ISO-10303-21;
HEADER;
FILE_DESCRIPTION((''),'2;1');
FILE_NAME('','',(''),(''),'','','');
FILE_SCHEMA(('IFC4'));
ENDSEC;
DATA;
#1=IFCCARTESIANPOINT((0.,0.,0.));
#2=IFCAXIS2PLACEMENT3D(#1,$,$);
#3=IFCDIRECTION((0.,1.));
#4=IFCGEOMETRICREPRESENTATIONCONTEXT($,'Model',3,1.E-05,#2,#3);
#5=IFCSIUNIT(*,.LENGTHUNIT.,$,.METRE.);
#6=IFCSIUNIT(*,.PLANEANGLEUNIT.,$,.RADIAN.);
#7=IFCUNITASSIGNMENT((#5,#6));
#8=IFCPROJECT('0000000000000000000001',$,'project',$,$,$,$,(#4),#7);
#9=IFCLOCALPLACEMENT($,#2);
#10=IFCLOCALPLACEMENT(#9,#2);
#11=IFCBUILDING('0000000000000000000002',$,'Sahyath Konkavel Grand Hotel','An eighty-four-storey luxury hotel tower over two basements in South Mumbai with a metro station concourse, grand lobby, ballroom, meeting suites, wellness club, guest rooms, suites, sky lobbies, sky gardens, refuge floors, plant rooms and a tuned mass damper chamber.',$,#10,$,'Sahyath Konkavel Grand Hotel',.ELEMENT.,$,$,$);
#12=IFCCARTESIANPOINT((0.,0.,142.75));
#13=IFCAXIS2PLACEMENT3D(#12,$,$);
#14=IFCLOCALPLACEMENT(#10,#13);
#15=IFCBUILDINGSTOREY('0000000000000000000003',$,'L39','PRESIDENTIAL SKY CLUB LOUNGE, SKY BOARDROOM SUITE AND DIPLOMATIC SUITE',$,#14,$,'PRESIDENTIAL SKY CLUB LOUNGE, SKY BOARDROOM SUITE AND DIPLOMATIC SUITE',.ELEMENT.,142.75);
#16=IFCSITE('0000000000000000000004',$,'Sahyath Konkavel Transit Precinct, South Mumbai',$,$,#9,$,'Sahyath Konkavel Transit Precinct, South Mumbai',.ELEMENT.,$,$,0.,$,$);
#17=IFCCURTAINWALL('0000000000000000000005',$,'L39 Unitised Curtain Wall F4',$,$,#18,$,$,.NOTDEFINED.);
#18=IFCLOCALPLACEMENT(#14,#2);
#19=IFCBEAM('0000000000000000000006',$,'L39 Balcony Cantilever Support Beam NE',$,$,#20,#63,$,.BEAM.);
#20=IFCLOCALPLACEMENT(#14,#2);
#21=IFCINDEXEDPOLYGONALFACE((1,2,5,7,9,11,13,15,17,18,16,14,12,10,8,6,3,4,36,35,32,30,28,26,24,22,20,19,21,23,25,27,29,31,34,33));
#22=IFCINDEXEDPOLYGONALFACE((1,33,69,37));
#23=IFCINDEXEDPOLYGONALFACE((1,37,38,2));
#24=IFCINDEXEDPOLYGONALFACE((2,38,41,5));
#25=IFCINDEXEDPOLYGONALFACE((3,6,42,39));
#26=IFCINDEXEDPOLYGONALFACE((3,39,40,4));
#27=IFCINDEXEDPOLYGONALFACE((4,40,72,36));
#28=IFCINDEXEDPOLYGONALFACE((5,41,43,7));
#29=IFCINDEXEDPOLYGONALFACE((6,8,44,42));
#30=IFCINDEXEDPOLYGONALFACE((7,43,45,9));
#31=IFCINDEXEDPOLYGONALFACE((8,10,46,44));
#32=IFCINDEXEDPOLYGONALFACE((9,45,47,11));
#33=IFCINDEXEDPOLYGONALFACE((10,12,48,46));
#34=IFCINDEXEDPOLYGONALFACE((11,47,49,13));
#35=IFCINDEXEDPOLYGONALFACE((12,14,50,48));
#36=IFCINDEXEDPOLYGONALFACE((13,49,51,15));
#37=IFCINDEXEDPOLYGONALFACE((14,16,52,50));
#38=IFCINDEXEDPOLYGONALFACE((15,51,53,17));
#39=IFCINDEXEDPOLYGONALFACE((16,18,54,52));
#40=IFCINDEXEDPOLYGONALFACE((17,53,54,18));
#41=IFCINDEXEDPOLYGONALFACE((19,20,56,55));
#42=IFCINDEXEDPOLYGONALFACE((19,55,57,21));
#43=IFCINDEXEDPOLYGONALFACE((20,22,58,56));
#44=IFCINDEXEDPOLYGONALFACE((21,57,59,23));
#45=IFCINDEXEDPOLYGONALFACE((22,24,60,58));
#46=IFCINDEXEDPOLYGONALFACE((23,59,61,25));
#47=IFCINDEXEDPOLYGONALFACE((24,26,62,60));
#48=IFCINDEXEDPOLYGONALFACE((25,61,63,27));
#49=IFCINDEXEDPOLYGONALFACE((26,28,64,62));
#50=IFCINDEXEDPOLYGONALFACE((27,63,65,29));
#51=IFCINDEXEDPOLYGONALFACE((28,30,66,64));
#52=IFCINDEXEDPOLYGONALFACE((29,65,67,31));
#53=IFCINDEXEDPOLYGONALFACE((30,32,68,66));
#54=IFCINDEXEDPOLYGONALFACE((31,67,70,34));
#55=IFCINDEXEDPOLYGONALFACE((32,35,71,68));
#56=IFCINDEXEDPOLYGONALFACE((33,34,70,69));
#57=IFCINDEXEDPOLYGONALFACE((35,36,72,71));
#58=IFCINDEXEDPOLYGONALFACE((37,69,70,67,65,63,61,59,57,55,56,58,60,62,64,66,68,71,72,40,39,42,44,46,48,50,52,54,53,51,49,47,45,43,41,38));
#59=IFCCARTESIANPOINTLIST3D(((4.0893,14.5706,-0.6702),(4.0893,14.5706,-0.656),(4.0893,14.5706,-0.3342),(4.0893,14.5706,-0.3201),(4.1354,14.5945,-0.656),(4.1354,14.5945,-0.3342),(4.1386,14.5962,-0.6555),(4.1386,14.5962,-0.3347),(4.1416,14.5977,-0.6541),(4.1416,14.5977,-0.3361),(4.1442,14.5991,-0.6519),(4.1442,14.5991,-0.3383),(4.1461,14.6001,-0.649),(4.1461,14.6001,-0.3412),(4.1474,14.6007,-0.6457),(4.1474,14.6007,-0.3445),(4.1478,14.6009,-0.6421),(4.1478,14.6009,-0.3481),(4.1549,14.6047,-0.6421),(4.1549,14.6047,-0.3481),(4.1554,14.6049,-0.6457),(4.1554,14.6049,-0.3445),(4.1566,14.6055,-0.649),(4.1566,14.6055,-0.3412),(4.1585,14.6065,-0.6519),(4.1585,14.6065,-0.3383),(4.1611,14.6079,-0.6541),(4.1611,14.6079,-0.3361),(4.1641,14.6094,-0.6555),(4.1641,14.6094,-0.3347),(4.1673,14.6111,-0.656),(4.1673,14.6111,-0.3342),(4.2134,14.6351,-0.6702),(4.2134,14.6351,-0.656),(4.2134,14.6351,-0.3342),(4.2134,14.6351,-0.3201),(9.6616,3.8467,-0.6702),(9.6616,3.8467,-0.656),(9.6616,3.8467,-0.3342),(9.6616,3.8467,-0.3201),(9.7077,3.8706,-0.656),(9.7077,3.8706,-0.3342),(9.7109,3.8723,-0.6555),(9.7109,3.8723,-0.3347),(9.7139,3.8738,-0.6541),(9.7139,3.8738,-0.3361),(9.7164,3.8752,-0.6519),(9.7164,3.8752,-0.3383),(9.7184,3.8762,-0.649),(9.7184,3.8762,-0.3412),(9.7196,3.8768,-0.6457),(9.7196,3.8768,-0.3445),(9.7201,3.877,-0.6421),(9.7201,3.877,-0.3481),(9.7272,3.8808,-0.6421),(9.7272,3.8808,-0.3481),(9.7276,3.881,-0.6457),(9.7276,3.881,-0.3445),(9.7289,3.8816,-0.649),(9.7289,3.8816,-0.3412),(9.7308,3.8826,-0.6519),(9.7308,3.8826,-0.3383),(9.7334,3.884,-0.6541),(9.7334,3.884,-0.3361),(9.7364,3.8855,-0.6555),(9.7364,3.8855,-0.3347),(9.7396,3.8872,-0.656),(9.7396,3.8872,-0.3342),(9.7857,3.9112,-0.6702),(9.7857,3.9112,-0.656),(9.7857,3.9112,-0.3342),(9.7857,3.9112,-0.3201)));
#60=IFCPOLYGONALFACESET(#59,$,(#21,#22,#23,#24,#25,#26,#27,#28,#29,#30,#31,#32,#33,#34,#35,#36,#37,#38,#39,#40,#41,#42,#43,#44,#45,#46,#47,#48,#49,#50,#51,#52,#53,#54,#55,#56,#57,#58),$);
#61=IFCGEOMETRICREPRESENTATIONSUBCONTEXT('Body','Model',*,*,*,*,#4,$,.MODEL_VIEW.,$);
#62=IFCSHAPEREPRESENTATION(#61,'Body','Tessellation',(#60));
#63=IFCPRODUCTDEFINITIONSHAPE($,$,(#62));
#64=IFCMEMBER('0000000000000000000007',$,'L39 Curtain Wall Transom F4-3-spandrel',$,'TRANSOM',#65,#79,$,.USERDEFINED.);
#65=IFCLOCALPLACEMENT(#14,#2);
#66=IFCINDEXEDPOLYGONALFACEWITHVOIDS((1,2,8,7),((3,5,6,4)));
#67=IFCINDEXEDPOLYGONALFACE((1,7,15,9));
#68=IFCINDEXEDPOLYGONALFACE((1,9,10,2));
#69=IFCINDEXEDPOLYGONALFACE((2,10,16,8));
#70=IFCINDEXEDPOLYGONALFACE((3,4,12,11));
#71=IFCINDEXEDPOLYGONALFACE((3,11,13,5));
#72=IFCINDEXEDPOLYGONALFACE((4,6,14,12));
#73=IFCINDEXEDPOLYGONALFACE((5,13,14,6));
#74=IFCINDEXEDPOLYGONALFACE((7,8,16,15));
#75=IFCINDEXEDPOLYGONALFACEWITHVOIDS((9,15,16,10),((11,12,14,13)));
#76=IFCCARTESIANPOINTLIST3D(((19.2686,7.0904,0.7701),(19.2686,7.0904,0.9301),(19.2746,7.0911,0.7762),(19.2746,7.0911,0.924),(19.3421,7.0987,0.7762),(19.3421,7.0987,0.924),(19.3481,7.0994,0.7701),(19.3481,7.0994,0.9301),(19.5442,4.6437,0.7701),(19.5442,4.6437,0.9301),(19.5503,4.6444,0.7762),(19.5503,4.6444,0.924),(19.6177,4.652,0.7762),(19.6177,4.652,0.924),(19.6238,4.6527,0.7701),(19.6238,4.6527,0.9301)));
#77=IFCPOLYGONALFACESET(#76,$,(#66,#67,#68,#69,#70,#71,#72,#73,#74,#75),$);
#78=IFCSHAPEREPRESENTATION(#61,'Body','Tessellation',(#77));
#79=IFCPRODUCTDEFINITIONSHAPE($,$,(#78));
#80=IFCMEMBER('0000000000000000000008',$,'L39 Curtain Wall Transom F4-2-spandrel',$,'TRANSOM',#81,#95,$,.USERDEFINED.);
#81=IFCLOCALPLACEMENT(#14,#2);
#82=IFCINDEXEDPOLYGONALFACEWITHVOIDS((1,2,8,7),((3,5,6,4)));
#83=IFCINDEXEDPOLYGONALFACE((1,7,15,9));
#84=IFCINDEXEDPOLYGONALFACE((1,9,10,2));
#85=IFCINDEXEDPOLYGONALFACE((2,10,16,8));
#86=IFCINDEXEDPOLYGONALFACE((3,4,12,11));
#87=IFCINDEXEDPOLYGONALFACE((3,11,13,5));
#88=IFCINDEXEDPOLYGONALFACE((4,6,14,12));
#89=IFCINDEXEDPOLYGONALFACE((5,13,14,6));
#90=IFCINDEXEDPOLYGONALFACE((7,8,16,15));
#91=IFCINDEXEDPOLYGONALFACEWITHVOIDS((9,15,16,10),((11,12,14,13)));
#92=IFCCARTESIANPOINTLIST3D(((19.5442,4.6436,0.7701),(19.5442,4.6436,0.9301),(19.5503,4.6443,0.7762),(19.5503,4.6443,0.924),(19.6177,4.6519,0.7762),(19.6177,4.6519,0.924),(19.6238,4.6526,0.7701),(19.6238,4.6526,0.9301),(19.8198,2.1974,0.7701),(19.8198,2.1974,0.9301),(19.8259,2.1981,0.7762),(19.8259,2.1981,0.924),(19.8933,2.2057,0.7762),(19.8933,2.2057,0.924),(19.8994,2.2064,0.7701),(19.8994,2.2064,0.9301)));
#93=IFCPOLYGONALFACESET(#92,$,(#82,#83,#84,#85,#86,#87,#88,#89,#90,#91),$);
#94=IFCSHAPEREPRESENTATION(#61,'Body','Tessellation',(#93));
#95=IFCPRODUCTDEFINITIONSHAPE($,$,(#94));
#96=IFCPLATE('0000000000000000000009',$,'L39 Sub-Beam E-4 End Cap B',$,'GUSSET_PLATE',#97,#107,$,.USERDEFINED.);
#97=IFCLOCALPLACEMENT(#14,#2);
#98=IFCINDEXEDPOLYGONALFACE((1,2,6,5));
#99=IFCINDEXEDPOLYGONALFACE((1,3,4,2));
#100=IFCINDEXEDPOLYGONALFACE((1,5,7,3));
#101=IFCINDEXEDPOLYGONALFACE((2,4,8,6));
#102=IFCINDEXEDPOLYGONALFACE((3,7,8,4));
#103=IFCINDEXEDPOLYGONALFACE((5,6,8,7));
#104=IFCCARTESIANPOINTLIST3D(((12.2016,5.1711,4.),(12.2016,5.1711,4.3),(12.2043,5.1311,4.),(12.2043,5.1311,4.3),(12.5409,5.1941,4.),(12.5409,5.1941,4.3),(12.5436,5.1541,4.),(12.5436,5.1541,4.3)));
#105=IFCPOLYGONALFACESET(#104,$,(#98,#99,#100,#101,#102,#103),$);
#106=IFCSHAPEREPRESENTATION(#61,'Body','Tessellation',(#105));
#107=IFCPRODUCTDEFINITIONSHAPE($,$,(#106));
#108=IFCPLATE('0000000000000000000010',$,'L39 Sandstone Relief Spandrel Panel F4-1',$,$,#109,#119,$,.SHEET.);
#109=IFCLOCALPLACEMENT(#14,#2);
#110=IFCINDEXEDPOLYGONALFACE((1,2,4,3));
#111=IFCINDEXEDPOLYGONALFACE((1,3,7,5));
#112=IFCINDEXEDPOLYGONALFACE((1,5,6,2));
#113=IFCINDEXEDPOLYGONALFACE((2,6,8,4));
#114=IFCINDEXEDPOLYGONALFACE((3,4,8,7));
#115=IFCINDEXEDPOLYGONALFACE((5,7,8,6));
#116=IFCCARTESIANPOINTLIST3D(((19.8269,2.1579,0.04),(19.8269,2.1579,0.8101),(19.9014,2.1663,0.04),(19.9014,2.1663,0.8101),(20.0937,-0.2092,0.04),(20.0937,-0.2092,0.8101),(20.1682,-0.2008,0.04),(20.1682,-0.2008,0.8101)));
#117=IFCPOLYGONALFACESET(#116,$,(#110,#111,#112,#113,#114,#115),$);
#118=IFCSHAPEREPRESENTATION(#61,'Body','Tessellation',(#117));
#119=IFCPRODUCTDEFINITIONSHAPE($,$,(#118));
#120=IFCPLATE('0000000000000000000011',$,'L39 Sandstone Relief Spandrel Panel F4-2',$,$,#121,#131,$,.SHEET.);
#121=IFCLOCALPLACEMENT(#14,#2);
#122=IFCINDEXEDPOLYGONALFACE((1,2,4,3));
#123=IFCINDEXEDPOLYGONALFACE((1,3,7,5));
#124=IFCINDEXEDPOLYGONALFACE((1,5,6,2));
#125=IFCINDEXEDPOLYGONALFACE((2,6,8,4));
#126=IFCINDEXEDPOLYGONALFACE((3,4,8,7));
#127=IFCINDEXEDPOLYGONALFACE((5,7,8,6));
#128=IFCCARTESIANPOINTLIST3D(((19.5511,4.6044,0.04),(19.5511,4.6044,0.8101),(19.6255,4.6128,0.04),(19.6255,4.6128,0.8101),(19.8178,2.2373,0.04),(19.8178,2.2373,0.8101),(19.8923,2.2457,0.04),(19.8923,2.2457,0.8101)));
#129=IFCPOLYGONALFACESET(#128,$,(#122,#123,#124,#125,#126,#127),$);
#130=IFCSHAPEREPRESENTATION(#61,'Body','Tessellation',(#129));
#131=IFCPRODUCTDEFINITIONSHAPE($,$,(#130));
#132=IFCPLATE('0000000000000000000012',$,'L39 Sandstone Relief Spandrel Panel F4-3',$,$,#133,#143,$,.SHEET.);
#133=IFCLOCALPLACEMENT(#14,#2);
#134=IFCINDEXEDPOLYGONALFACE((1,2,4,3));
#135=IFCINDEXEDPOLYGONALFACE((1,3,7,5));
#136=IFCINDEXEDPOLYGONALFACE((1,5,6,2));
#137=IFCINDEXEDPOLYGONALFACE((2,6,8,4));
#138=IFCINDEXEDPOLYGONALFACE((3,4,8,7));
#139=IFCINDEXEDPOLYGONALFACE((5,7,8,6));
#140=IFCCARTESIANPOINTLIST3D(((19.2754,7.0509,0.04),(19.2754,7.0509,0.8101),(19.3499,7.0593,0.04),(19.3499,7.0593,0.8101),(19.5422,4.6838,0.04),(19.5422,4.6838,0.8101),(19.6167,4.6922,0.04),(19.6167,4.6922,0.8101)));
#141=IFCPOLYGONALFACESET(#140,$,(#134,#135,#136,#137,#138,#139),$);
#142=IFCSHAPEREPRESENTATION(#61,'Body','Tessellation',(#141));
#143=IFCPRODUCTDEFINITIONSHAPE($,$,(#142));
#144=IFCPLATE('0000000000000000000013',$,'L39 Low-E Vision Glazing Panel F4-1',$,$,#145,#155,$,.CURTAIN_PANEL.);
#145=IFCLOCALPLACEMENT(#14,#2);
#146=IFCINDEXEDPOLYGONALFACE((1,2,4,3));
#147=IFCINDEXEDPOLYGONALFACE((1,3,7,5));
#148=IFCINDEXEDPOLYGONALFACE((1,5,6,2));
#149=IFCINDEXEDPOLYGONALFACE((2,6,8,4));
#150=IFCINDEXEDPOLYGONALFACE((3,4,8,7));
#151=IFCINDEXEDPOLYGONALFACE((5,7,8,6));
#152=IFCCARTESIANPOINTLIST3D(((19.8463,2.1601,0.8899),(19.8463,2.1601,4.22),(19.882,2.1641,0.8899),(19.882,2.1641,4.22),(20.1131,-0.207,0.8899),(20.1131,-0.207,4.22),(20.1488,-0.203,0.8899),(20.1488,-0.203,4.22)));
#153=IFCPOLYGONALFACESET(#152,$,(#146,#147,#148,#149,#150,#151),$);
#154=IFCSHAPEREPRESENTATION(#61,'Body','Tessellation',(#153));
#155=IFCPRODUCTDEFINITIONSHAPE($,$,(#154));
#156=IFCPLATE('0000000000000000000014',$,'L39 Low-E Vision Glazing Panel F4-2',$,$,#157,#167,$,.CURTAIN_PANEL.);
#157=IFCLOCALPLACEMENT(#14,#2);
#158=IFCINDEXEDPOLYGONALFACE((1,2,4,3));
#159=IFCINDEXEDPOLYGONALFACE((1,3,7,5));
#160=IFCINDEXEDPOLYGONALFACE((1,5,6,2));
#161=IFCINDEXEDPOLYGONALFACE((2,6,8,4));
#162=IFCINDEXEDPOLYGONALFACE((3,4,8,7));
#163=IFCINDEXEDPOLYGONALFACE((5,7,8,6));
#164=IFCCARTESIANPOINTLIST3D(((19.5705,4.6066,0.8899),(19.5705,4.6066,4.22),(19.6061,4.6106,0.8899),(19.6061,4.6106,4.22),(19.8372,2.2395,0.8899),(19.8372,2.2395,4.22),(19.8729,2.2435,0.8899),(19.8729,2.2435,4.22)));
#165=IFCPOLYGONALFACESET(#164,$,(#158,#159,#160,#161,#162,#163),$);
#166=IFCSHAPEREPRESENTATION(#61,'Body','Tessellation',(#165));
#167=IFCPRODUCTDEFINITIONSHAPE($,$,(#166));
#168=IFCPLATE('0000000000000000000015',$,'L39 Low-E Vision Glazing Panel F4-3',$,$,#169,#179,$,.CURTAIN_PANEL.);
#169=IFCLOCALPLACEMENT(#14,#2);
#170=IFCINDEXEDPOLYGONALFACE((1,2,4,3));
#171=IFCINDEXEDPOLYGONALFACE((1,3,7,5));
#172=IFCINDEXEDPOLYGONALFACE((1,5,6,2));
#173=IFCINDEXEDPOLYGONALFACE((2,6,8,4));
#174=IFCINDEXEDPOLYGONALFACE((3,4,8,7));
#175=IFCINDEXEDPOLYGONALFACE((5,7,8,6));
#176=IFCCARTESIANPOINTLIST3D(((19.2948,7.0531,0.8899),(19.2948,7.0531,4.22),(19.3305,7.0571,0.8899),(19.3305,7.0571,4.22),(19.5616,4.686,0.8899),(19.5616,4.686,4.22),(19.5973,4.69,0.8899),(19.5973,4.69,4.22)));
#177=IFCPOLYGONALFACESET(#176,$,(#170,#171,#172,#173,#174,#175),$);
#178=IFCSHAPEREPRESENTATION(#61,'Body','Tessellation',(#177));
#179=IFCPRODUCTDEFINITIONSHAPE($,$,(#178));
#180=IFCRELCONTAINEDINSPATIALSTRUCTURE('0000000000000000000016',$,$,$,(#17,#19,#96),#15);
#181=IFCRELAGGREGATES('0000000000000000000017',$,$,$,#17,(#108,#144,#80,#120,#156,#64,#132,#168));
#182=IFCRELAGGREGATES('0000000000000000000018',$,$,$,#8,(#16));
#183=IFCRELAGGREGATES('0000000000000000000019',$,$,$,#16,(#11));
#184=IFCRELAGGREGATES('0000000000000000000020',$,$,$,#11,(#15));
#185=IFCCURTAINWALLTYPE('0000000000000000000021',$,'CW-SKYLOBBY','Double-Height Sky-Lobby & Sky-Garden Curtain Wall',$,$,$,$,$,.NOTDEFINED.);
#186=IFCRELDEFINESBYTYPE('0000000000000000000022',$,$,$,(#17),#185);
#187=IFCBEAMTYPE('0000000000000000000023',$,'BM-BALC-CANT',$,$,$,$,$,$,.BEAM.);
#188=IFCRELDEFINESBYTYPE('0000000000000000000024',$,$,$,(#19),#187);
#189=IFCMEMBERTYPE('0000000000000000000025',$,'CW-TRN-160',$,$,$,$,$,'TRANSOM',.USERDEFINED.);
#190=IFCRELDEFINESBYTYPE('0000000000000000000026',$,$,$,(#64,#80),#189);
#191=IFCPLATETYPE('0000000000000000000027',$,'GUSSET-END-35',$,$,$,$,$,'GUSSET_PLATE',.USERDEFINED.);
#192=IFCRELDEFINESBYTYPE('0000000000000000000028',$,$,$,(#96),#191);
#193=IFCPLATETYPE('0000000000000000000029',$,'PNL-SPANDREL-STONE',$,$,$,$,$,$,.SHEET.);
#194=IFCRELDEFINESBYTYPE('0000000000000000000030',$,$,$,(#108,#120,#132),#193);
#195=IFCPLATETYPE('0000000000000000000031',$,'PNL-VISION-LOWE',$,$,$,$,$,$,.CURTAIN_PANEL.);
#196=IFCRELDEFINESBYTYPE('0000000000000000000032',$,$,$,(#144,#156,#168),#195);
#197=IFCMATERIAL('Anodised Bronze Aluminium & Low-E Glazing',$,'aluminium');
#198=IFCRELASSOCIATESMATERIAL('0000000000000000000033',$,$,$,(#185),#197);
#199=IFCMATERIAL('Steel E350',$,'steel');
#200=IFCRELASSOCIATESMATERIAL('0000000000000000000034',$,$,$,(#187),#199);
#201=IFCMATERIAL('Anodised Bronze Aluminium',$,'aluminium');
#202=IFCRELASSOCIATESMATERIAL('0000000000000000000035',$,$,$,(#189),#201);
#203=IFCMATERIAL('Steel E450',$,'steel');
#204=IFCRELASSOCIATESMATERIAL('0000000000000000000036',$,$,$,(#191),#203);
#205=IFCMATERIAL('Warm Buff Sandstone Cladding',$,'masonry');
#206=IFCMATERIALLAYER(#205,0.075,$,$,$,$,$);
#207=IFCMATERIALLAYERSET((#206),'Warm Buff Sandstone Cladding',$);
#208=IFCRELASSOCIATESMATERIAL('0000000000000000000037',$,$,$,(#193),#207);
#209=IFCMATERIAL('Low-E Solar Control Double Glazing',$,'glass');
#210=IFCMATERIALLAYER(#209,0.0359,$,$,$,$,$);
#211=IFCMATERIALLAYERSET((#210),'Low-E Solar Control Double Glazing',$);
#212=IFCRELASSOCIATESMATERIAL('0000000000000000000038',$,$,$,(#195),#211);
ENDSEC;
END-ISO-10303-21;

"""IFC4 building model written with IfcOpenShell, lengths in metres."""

from ifc_helpers import new_model, si_unit, direction, frame, origin, origin_2d, place, context, subcontext, project, spatial, rectangle, hollow_rectangle, i_section, extrude, source, transform, mapped, material, layer, layer_set, material_profile, profile_set, type_object, element, aggregate, save


model = new_model("IFC4")

# Units and contexts
model_context = context("Model", 3, precision=1e-05, world=origin(), true_north=direction((0.0, 1.0)))
body_context = subcontext(model_context, "Body", "Model", "MODEL_VIEW")
ifc_project = project(units=[si_unit("LENGTHUNIT", "METRE"), si_unit("PLANEANGLEUNIT", "RADIAN")], contexts=[model_context])

# Site, building, storey
site_placement = place(None, origin())
site = spatial("IfcSite", under=ifc_project, at=site_placement, Name="Sahyath Konkavel Transit Precinct, South Mumbai", LongName="Sahyath Konkavel Transit Precinct, South Mumbai", CompositionType="ELEMENT", RefElevation=0.0)
building_placement = place(site_placement, origin())
building = spatial("IfcBuilding", under=site, at=building_placement, Name="Sahyath Konkavel Grand Hotel", Description="An eighty-four-storey luxury hotel tower over two basements in South Mumbai with a metro station concourse, grand lobby, ballroom, meeting suites, wellness club, guest rooms, suites, sky lobbies, sky gardens, refuge floors, plant rooms and a tuned mass damper chamber.", LongName="Sahyath Konkavel Grand Hotel", CompositionType="ELEMENT")
storey_placement = place(building_placement, frame((0.0, 0.0, 142.75)))
storey = spatial("IfcBuildingStorey", under=building, at=storey_placement, Name="L39", Description="PRESIDENTIAL SKY CLUB LOUNGE, SKY BOARDROOM SUITE AND DIPLOMATIC SUITE", LongName="PRESIDENTIAL SKY CLUB LOUNGE, SKY BOARDROOM SUITE AND DIPLOMATIC SUITE", CompositionType="ELEMENT", Elevation=142.75)

# Shared definitions
ifc_material_1 = material(Name="Steel E350", Category="steel")

# Curtain wall
ifc_material_2 = material(Name="Anodised Bronze Aluminium & Low-E Glazing", Category="aluminium")
curtain_wall_type = type_object("IfcCurtainWallType", Name="CW-SKYLOBBY", Description="Double-Height Sky-Lobby & Sky-Garden Curtain Wall", PredefinedType="NOTDEFINED", material=ifc_material_2)
curtain_wall_1_placement = place(storey_placement, origin())
curtain_wall_1 = element("IfcCurtainWall", 1, at=curtain_wall_1_placement, inside=storey, type_object=curtain_wall_type, Name="L39 Unitised Curtain Wall F4", PredefinedType="NOTDEFINED")
ifc_material_3 = material(Name="Anodised Bronze Aluminium", Category="aluminium")

# Beam
ifc_material_profile_1 = material_profile(ifc_material_1, i_section(OverallWidth=0.1399, OverallDepth=0.3501, WebThickness=0.0081, FlangeThickness=0.0142, FilletRadius=0.0139, at=origin_2d()), Name="ISMB 350")
ifc_profile_set_1 = profile_set([ifc_material_profile_1], Name="Steel E350")
beam_type_1 = type_object("IfcBeamType", Name="BM-BALC-CANT", PredefinedType="BEAM", material=ifc_profile_set_1)
shared_shape_1 = source(origin(), body_context, "Body", "SweptSolid", [
    extrude(i_section(OverallWidth=0.1399, OverallDepth=0.3501, WebThickness=0.0081, FlangeThickness=0.0142, FilletRadius=0.0139, at=origin_2d()), origin(), (0.0, 0.0, 1.0), 12.0852),
])
beam_1_placement = place(storey_placement, frame((9.7236, 3.8789, -0.4951), z_axis=(-0.461082, 0.887357, 0.0), x_axis=(-0.887357, -0.461082, 0.0)))
element("IfcBeam", 2, at=beam_1_placement, inside=storey, type_object=beam_type_1, Name="L39 Balcony Cantilever Support Beam NE", PredefinedType="BEAM", context=body_context, shape_type="MappedRepresentation", body=[
    mapped(shared_shape_1, transform((0.0, 0.0, 0.0), scale=1.0)),
])

# Members
ifc_material_profile_2 = material_profile(ifc_material_3, hollow_rectangle(XDim=0.0801, YDim=0.1599, WallThickness=0.0061, at=origin_2d()), Name="RHS 160x80x6")
ifc_profile_set_2 = profile_set([ifc_material_profile_2], Name="Anodised Bronze Aluminium")
member_type_1 = type_object("IfcMemberType", Name="CW-TRN-160", ElementType="TRANSOM", PredefinedType="USERDEFINED", material=ifc_profile_set_2)
shared_shape_2 = source(origin(), body_context, "Body", "SweptSolid", [
    extrude(hollow_rectangle(XDim=0.0801, YDim=0.1599, WallThickness=0.0061, at=origin_2d()), origin(), (0.0, 0.0, 1.0), 2.4622),
])
member_1_placement = place(storey_placement, frame((19.584, 4.6482, 0.8501), z_axis=(-0.111944, 0.993715, 0.0), x_axis=(-0.993715, -0.111944, 0.0)))
member_1 = element("IfcMember", 3, at=member_1_placement, type_object=member_type_1, Name="L39 Curtain Wall Transom F4-3-spandrel", ObjectType="TRANSOM", PredefinedType="USERDEFINED", context=body_context, shape_type="MappedRepresentation", body=[
    mapped(shared_shape_2, transform((0.0, 0.0, 0.0), scale=1.0)),
])
shared_shape_3 = source(origin(), body_context, "Body", "SweptSolid", [
    extrude(hollow_rectangle(XDim=0.0801, YDim=0.1599, WallThickness=0.0061, at=origin_2d()), origin(), (0.0, 0.0, 1.0), 2.4617),
])
member_2_placement = place(storey_placement, frame((19.8596, 2.2019, 0.8501), z_axis=(-0.111966, 0.993712, 0.0), x_axis=(-0.993712, -0.111966, 0.0)))
member_2 = element("IfcMember", 4, at=member_2_placement, type_object=member_type_1, Name="L39 Curtain Wall Transom F4-2-spandrel", ObjectType="TRANSOM", PredefinedType="USERDEFINED", context=body_context, shape_type="MappedRepresentation", body=[
    mapped(shared_shape_3, transform((0.0, 0.0, 0.0), scale=1.0)),
])

# Plates
ifc_material_4 = material(Name="Steel E450", Category="steel")
plate_type_1 = type_object("IfcPlateType", Name="GUSSET-END-35", ElementType="GUSSET_PLATE", PredefinedType="USERDEFINED", material=ifc_material_4)
shared_shape_4 = source(origin(), body_context, "Body", "SweptSolid", [
    extrude(rectangle(XDim=0.04, YDim=0.3401, at=origin_2d()), origin(), (0.0, 0.0, 1.0), 0.3),
])
plate_1_placement = place(storey_placement, frame((12.3726, 5.1626, 4.0), z_axis=(0.0, 0.0, 1.0), x_axis=(-0.067563, 0.997715, 0.0)))
element("IfcPlate", 5, at=plate_1_placement, inside=storey, type_object=plate_type_1, Name="L39 Sub-Beam E-4 End Cap B", ObjectType="GUSSET_PLATE", PredefinedType="USERDEFINED", context=body_context, shape_type="MappedRepresentation", body=[
    mapped(shared_shape_4, transform((0.0, 0.0, 0.0), scale=1.0)),
])
ifc_material_5 = material(Name="Warm Buff Sandstone Cladding", Category="masonry")
ifc_layer_1 = layer(ifc_material_5, 0.075)
ifc_layer_set_1 = layer_set([ifc_layer_1], Name="Warm Buff Sandstone Cladding")
plate_type_2 = type_object("IfcPlateType", Name="PNL-SPANDREL-STONE", PredefinedType="SHEET", material=ifc_layer_set_1)
shared_shape_5 = source(origin(), body_context, "Body", "SweptSolid", [
    extrude(rectangle(XDim=2.3821, YDim=0.075, at=origin_2d()), origin(), (0.0, 0.0, 1.0), 0.77),
])
plate_2_placement = place(storey_placement, frame((19.9976, 0.9785, 0.04), z_axis=(0.0, 0.0, 1.0), x_axis=(-0.111989, 0.993709, 0.0)))
plate_2 = element("IfcPlate", 6, at=plate_2_placement, type_object=plate_type_2, Name="L39 Sandstone Relief Spandrel Panel F4-1", PredefinedType="SHEET", context=body_context, shape_type="MappedRepresentation", body=[
    mapped(shared_shape_5, transform((0.0, 0.0, 0.0), scale=1.0)),
])
plate_3_placement = place(storey_placement, frame((19.7217, 3.425, 0.04), z_axis=(0.0, 0.0, 1.0), x_axis=(-0.111989, 0.993709, 0.0)))
plate_3 = element("IfcPlate", 7, at=plate_3_placement, type_object=plate_type_2, Name="L39 Sandstone Relief Spandrel Panel F4-2", PredefinedType="SHEET", context=body_context, shape_type="MappedRepresentation", body=[
    mapped(shared_shape_5, transform((0.0, 0.0, 0.0), scale=1.0)),
])
plate_4_placement = place(storey_placement, frame((19.446, 5.8716, 0.04), z_axis=(0.0, 0.0, 1.0), x_axis=(-0.111989, 0.993709, 0.0)))
plate_4 = element("IfcPlate", 8, at=plate_4_placement, type_object=plate_type_2, Name="L39 Sandstone Relief Spandrel Panel F4-3", PredefinedType="SHEET", context=body_context, shape_type="MappedRepresentation", body=[
    mapped(shared_shape_5, transform((0.0, 0.0, 0.0), scale=1.0)),
])
ifc_material_6 = material(Name="Low-E Solar Control Double Glazing", Category="glass")
ifc_layer_2 = layer(ifc_material_6, 0.0359)
ifc_layer_set_2 = layer_set([ifc_layer_2], Name="Low-E Solar Control Double Glazing")
plate_type_3 = type_object("IfcPlateType", Name="PNL-VISION-LOWE", PredefinedType="CURTAIN_PANEL", material=ifc_layer_set_2)
shared_shape_6 = source(origin(), body_context, "Body", "SweptSolid", [
    extrude(rectangle(XDim=2.3821, YDim=0.0359, at=origin_2d()), origin(), (0.0, 0.0, 1.0), 3.3301),
])
plate_5_placement = place(storey_placement, frame((19.9976, 0.9785, 0.8899), z_axis=(0.0, 0.0, 1.0), x_axis=(-0.111989, 0.993709, 0.0)))
plate_5 = element("IfcPlate", 9, at=plate_5_placement, type_object=plate_type_3, Name="L39 Low-E Vision Glazing Panel F4-1", PredefinedType="CURTAIN_PANEL", context=body_context, shape_type="MappedRepresentation", body=[
    mapped(shared_shape_6, transform((0.0, 0.0, 0.0), scale=1.0)),
])
plate_6_placement = place(storey_placement, frame((19.7217, 3.425, 0.8899), z_axis=(0.0, 0.0, 1.0), x_axis=(-0.111989, 0.993709, 0.0)))
plate_6 = element("IfcPlate", 10, at=plate_6_placement, type_object=plate_type_3, Name="L39 Low-E Vision Glazing Panel F4-2", PredefinedType="CURTAIN_PANEL", context=body_context, shape_type="MappedRepresentation", body=[
    mapped(shared_shape_6, transform((0.0, 0.0, 0.0), scale=1.0)),
])
plate_7_placement = place(storey_placement, frame((19.446, 5.8716, 0.8899), z_axis=(0.0, 0.0, 1.0), x_axis=(-0.111989, 0.993709, 0.0)))
plate_7 = element("IfcPlate", 11, at=plate_7_placement, type_object=plate_type_3, Name="L39 Low-E Vision Glazing Panel F4-3", PredefinedType="CURTAIN_PANEL", context=body_context, shape_type="MappedRepresentation", body=[
    mapped(shared_shape_6, transform((0.0, 0.0, 0.0), scale=1.0)),
])
aggregate(curtain_wall_1, [plate_2, plate_5, member_2, plate_3, plate_6, member_1, plate_4, plate_7])

save(model, "model.ifc")
